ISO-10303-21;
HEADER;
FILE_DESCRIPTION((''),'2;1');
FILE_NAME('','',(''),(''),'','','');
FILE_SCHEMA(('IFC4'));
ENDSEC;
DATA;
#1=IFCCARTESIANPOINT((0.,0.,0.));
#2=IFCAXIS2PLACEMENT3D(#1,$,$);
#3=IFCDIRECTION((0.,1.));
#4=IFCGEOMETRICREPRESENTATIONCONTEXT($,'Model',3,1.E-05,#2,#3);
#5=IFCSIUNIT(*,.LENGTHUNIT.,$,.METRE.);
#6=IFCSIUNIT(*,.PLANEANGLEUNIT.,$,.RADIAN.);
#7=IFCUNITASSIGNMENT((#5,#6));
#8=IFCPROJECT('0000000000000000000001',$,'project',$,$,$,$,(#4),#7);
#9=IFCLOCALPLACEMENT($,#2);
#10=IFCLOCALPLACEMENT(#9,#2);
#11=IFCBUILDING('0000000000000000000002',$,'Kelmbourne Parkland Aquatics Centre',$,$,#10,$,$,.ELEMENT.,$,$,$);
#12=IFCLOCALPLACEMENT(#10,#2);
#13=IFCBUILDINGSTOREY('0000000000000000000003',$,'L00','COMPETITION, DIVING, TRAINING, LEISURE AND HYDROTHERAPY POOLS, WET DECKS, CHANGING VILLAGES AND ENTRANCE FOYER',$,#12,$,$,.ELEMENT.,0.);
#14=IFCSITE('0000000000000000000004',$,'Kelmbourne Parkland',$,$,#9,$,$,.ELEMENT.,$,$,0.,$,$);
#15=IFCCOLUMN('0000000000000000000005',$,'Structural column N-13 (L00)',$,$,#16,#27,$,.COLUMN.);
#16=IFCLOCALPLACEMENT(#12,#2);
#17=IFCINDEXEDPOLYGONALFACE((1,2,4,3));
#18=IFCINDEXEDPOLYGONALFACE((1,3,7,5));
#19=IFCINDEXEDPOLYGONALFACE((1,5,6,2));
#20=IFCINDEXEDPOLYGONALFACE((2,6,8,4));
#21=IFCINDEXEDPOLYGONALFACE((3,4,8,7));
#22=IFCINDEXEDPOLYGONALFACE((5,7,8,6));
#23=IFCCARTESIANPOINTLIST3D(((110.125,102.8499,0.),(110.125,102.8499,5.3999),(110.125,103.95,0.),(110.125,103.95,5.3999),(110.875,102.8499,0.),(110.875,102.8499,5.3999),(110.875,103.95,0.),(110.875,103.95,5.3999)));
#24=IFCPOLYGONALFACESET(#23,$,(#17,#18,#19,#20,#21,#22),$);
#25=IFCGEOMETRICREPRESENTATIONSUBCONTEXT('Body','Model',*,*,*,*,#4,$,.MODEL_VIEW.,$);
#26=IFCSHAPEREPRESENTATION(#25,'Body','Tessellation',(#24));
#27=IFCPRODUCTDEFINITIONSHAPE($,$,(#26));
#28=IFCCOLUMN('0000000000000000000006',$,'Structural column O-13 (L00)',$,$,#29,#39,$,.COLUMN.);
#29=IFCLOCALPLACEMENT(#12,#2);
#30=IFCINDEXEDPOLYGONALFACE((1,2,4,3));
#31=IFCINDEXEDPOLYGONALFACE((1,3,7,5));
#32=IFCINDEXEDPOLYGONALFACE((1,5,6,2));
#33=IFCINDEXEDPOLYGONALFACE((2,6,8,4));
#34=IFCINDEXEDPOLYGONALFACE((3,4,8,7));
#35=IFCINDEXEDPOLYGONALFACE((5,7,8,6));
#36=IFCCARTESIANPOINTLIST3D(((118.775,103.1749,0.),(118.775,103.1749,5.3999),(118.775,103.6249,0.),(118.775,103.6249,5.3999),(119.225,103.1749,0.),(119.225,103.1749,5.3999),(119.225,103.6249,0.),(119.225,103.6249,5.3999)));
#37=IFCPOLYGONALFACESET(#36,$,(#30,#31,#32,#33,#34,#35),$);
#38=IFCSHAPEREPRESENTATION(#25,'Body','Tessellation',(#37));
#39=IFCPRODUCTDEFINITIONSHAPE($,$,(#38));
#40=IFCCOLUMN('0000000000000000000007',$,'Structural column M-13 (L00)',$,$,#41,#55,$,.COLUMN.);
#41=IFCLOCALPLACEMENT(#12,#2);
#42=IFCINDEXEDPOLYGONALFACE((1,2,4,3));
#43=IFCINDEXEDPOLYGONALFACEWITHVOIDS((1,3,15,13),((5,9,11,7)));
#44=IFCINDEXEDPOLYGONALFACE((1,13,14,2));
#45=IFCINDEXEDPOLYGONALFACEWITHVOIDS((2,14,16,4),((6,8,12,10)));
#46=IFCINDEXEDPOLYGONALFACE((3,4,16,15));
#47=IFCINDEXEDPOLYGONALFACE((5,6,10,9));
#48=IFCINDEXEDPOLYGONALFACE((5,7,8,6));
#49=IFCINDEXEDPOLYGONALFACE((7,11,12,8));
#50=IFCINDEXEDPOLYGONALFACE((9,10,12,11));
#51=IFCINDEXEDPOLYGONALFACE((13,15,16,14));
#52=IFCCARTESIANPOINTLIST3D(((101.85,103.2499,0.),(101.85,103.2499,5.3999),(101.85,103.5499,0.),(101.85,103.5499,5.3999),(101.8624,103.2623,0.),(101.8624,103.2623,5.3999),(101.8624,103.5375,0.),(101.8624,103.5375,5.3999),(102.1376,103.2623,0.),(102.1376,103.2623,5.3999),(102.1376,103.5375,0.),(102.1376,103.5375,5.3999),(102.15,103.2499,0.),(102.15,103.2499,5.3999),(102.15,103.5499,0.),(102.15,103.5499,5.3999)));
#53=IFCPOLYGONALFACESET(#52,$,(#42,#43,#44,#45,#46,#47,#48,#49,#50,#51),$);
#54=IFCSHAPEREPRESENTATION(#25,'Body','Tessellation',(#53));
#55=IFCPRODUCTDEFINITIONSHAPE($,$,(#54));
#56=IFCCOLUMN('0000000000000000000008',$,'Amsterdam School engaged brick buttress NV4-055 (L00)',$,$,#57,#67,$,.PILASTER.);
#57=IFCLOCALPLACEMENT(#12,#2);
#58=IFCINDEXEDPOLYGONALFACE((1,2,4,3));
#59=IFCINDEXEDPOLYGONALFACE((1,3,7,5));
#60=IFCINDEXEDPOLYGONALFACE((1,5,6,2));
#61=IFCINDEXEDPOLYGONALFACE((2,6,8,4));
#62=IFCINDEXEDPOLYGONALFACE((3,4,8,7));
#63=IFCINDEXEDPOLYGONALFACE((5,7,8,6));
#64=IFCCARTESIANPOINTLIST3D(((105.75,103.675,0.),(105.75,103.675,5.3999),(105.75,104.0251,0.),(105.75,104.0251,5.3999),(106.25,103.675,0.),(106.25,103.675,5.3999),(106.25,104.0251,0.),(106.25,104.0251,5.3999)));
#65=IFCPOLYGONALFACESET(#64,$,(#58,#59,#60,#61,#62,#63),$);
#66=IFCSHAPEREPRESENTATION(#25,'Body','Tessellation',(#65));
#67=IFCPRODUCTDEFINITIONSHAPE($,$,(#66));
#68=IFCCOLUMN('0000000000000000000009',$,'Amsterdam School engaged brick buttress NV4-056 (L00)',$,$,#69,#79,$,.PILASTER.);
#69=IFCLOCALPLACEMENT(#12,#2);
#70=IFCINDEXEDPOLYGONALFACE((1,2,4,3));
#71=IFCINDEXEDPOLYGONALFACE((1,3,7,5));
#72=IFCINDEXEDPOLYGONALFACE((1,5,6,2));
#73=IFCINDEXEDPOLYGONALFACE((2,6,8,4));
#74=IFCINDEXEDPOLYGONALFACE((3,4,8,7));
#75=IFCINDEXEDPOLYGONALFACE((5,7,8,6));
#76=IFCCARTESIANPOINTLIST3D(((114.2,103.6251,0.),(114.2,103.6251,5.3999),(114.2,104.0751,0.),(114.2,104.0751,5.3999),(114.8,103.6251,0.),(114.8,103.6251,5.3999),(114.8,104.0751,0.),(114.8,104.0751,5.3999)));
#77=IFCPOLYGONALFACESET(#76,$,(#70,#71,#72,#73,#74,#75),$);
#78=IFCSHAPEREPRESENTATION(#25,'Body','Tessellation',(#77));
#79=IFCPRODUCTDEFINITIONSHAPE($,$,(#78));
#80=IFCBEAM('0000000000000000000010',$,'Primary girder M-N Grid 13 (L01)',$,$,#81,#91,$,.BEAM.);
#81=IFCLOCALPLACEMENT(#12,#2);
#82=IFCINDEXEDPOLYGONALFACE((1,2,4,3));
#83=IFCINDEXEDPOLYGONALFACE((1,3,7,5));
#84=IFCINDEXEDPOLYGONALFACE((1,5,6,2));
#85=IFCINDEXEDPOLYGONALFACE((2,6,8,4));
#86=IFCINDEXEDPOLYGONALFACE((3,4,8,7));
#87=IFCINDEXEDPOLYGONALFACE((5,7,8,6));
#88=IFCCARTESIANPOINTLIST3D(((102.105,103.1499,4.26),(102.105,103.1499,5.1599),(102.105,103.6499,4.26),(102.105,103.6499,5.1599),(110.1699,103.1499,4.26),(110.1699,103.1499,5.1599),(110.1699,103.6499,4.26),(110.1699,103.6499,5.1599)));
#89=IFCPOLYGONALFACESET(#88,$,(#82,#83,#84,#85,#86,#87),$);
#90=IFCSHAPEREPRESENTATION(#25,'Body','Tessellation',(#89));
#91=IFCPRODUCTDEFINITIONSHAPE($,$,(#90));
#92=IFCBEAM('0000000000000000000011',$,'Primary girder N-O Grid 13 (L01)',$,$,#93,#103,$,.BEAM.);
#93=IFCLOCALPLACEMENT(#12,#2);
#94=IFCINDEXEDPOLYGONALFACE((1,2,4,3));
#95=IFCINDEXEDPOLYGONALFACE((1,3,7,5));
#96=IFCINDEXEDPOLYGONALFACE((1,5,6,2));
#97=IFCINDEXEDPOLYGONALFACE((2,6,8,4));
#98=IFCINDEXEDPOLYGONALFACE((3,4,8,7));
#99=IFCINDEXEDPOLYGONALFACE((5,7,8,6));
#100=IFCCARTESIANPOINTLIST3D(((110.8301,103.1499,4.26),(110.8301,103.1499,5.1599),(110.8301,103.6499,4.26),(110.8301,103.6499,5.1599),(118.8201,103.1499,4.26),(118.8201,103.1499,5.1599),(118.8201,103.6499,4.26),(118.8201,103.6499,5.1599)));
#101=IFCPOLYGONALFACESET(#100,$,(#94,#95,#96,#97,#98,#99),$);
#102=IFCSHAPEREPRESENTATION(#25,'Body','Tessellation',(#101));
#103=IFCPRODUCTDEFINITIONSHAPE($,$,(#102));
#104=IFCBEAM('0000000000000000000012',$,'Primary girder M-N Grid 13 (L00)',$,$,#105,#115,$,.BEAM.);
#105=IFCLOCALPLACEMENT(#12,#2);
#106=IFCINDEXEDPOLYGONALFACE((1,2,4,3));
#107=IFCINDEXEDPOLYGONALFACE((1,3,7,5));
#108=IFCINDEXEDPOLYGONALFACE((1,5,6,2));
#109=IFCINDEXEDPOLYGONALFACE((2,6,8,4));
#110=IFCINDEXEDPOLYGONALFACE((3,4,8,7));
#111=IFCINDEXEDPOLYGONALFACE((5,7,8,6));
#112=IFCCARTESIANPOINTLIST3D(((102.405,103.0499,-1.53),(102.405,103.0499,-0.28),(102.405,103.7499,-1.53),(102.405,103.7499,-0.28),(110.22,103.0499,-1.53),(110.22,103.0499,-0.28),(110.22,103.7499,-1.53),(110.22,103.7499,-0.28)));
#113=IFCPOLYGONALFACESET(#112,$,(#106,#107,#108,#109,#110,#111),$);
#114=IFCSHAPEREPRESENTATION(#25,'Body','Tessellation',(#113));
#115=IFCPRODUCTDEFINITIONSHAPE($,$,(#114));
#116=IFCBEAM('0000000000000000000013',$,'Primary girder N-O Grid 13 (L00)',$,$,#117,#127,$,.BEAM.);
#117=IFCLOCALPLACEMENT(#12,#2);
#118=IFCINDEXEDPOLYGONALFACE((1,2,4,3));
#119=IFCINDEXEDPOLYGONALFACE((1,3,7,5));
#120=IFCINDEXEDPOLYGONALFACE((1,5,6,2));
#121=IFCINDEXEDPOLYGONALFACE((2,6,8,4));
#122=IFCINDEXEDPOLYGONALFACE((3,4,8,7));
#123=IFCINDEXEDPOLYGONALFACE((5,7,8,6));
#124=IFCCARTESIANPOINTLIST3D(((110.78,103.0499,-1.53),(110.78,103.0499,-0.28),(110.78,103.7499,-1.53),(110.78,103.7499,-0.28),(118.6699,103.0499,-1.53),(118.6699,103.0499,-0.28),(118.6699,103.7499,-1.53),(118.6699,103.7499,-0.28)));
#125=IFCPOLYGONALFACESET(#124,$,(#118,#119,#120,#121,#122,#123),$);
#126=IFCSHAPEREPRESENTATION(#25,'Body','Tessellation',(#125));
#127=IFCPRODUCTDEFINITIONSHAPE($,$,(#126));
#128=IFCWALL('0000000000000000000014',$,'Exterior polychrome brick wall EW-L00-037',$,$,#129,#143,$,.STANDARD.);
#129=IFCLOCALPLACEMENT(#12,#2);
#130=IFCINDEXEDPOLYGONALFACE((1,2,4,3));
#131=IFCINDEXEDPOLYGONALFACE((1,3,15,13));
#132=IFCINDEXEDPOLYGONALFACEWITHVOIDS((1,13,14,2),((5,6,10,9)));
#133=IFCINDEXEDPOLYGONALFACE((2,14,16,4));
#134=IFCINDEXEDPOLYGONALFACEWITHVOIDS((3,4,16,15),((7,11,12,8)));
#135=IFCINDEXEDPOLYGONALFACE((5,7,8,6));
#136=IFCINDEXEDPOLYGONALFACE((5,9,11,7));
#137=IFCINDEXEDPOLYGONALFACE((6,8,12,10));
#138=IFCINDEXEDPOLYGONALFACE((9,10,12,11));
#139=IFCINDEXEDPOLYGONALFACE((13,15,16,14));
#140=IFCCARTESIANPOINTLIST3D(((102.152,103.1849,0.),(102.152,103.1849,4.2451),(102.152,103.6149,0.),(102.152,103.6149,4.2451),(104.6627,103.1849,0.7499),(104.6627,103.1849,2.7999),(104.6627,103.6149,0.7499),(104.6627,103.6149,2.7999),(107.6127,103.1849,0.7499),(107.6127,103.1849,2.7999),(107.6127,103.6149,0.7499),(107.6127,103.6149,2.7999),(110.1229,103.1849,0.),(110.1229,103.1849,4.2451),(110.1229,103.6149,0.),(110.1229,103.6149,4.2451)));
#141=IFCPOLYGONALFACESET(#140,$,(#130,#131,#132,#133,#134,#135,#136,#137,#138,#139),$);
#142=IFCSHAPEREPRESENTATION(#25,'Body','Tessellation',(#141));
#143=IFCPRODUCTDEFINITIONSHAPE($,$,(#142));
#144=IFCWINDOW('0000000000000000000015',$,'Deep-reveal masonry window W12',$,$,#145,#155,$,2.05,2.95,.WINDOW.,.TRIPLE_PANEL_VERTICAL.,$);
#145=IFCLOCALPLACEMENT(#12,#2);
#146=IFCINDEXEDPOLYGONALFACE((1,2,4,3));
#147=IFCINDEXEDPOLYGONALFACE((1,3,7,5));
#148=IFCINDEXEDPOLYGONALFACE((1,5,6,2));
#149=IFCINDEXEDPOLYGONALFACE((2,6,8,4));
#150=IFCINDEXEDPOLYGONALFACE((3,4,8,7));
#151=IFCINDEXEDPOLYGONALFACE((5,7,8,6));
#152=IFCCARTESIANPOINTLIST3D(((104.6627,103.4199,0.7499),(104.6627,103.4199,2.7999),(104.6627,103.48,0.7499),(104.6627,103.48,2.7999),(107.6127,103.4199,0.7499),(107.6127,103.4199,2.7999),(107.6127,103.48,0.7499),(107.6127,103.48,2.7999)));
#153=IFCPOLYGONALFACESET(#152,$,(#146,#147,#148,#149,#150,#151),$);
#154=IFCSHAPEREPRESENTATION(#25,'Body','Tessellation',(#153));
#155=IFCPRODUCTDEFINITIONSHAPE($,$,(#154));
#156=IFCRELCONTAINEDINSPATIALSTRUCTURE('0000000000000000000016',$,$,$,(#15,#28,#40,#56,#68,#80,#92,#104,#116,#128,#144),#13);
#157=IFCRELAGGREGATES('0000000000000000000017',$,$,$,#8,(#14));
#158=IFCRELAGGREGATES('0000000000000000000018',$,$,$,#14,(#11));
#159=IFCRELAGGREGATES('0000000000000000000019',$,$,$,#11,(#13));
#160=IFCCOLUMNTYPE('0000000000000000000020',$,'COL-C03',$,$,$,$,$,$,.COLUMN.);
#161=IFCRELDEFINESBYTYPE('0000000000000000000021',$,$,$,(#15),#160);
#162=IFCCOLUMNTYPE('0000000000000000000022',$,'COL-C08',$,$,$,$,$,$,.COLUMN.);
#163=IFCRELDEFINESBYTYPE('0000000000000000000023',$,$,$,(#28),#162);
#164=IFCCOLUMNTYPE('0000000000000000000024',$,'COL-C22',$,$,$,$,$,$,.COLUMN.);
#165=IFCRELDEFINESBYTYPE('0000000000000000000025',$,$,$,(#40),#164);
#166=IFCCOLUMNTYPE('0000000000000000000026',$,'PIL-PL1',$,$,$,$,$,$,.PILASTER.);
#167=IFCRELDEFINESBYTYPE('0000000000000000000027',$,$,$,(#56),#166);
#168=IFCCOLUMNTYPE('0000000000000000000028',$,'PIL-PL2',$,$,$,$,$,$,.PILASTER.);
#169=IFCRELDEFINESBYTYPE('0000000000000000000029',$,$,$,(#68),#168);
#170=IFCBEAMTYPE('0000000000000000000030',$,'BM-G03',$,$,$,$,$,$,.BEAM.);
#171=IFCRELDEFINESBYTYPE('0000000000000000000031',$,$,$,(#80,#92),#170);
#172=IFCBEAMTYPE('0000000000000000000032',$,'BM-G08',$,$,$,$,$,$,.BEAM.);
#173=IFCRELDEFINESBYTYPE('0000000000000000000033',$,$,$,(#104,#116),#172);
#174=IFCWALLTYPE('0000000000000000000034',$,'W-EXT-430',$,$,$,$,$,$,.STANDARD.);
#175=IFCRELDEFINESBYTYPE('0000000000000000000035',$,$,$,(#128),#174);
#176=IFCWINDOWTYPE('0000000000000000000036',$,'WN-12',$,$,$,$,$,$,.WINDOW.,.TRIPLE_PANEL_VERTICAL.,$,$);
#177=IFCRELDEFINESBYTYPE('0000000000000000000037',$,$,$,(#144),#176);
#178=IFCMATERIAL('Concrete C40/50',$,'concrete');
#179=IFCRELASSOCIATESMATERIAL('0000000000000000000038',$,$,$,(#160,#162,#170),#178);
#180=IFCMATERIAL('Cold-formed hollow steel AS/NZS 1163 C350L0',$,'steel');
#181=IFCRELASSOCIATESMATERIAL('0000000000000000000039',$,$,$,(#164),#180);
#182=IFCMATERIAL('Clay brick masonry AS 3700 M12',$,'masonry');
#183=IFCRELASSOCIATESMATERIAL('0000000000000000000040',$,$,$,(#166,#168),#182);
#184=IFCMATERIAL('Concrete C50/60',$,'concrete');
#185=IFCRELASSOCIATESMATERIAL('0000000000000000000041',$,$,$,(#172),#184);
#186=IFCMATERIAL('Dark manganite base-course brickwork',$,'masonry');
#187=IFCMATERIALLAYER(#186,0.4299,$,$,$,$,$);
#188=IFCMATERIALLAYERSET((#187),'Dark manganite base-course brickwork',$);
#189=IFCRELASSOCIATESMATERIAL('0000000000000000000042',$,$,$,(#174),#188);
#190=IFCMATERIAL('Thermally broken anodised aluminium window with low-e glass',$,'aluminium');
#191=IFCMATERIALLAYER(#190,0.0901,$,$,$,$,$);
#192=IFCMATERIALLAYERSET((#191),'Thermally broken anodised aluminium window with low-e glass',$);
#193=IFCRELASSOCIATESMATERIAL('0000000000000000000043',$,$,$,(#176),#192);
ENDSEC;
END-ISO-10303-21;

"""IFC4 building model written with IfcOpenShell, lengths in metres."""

from ifc_helpers import new_model, si_unit, direction, frame, frame_2d, origin, origin_2d, place, context, subcontext, project, spatial, rectangle, hollow_rectangle, extrude, material, layer, layer_set, material_profile, profile_set, type_object, element, fill, save


model = new_model("IFC4")

# Units and contexts
model_context = context("Model", 3, precision=1e-05, world=origin(), true_north=direction((0.0, 1.0)))
body_context = subcontext(model_context, "Body", "Model", "MODEL_VIEW")
ifc_project = project(units=[si_unit("LENGTHUNIT", "METRE"), si_unit("PLANEANGLEUNIT", "RADIAN")], contexts=[model_context])

# Site, building, storey
site_placement = place(None, origin())
site = spatial("IfcSite", under=ifc_project, at=site_placement, Name="Kelmbourne Parkland", CompositionType="ELEMENT", RefElevation=0.0)
building_placement = place(site_placement, origin())
building = spatial("IfcBuilding", under=site, at=building_placement, Name="Kelmbourne Parkland Aquatics Centre", CompositionType="ELEMENT")
storey_placement = place(building_placement, origin())
storey = spatial("IfcBuildingStorey", under=building, at=storey_placement, Name="L00", Description="COMPETITION, DIVING, TRAINING, LEISURE AND HYDROTHERAPY POOLS, WET DECKS, CHANGING VILLAGES AND ENTRANCE FOYER", CompositionType="ELEMENT", Elevation=0.0)

# Columns
ifc_material_1 = material(Name="Concrete C40/50", Category="concrete")
ifc_material_profile_1 = material_profile(ifc_material_1, rectangle(XDim=0.75, YDim=1.1001, at=origin_2d()), Name="RC 750x1100")
ifc_profile_set_1 = profile_set([ifc_material_profile_1], Name="Concrete C40/50")
column_type_1 = type_object("IfcColumnType", Name="COL-C03", PredefinedType="COLUMN", material=ifc_profile_set_1)
column_1_placement = place(storey_placement, frame((110.5, 103.3999, 0.0), z_axis=(0.0, 0.0, 1.0), x_axis=(1.0, 0.0, 0.0)))
element("IfcColumn", 1, at=column_1_placement, inside=storey, type_object=column_type_1, Name="Structural column N-13 (L00)", PredefinedType="COLUMN", context=body_context, shape_type="SweptSolid", body=[
    extrude(rectangle(XDim=0.75, YDim=1.1001, at=origin_2d()), origin(), (0.0, 0.0, 1.0), 5.3999),
])
ifc_material_profile_2 = material_profile(ifc_material_1, rectangle(XDim=0.45, YDim=0.45, at=origin_2d()), Name="RC 450x450")
ifc_profile_set_2 = profile_set([ifc_material_profile_2], Name="Concrete C40/50")
column_type_2 = type_object("IfcColumnType", Name="COL-C08", PredefinedType="COLUMN", material=ifc_profile_set_2)
column_2_placement = place(storey_placement, frame((119.0, 103.3999, 0.0), z_axis=(0.0, 0.0, 1.0), x_axis=(1.0, 0.0, 0.0)))
element("IfcColumn", 2, at=column_2_placement, inside=storey, type_object=column_type_2, Name="Structural column O-13 (L00)", PredefinedType="COLUMN", context=body_context, shape_type="SweptSolid", body=[
    extrude(rectangle(XDim=0.45, YDim=0.45, at=origin_2d()), origin(), (0.0, 0.0, 1.0), 5.3999),
])
ifc_material_2 = material(Name="Cold-formed hollow steel AS/NZS 1163 C350L0", Category="steel")
ifc_material_profile_3 = material_profile(ifc_material_2, hollow_rectangle(XDim=0.3, YDim=0.3, WallThickness=0.0125, at=origin_2d()), Name="SHS 300x300x12.5")
ifc_profile_set_3 = profile_set([ifc_material_profile_3], Name="Cold-formed hollow steel AS/NZS 1163 C350L0")
column_type_3 = type_object("IfcColumnType", Name="COL-C22", PredefinedType="COLUMN", material=ifc_profile_set_3)
column_3_placement = place(storey_placement, frame((102.0, 103.3999, 0.0), z_axis=(0.0, 0.0, 1.0), x_axis=(1.0, 0.0, 0.0)))
element("IfcColumn", 3, at=column_3_placement, inside=storey, type_object=column_type_3, Name="Structural column M-13 (L00)", PredefinedType="COLUMN", context=body_context, shape_type="SweptSolid", body=[
    extrude(hollow_rectangle(XDim=0.3, YDim=0.3, WallThickness=0.0125, at=origin_2d()), origin(), (0.0, 0.0, 1.0), 5.3999),
])
ifc_material_3 = material(Name="Clay brick masonry AS 3700 M12", Category="masonry")
ifc_material_profile_4 = material_profile(ifc_material_3, rectangle(XDim=0.3501, YDim=0.5, at=origin_2d()), Name="PIL 350x500")
ifc_profile_set_4 = profile_set([ifc_material_profile_4], Name="Clay brick masonry AS 3700 M12")
column_type_4 = type_object("IfcColumnType", Name="PIL-PL1", PredefinedType="PILASTER", material=ifc_profile_set_4)
column_4_placement = place(storey_placement, frame((106.0, 103.8501, 0.0), z_axis=(0.0, 0.0, 1.0), x_axis=(0.0, 1.0, 0.0)))
element("IfcColumn", 4, at=column_4_placement, inside=storey, type_object=column_type_4, Name="Amsterdam School engaged brick buttress NV4-055 (L00)", PredefinedType="PILASTER", context=body_context, shape_type="SweptSolid", body=[
    extrude(rectangle(XDim=0.3501, YDim=0.5, at=origin_2d()), origin(), (0.0, 0.0, 1.0), 5.3999),
])
ifc_material_profile_5 = material_profile(ifc_material_3, rectangle(XDim=0.45, YDim=0.6001, at=origin_2d()), Name="PIL 450x600")
ifc_profile_set_5 = profile_set([ifc_material_profile_5], Name="Clay brick masonry AS 3700 M12")
column_type_5 = type_object("IfcColumnType", Name="PIL-PL2", PredefinedType="PILASTER", material=ifc_profile_set_5)
column_5_placement = place(storey_placement, frame((114.5, 103.8501, 0.0), z_axis=(0.0, 0.0, 1.0), x_axis=(0.0, 1.0, 0.0)))
element("IfcColumn", 5, at=column_5_placement, inside=storey, type_object=column_type_5, Name="Amsterdam School engaged brick buttress NV4-056 (L00)", PredefinedType="PILASTER", context=body_context, shape_type="SweptSolid", body=[
    extrude(rectangle(XDim=0.45, YDim=0.6001, at=origin_2d()), origin(), (0.0, 0.0, 1.0), 5.3999),
])

# Beams
ifc_material_profile_6 = material_profile(ifc_material_1, rectangle(XDim=0.5, YDim=0.8999, at=origin_2d()), Name="RC 500x900")
ifc_profile_set_6 = profile_set([ifc_material_profile_6], Name="Concrete C40/50")
beam_type_1 = type_object("IfcBeamType", Name="BM-G03", PredefinedType="BEAM", material=ifc_profile_set_6)
beam_1_placement = place(storey_placement, frame((102.105, 103.3999, 4.71), z_axis=(1.0, 0.0, 0.0), x_axis=(0.0, 1.0, 0.0)))
element("IfcBeam", 6, at=beam_1_placement, inside=storey, type_object=beam_type_1, Name="Primary girder M-N Grid 13 (L01)", PredefinedType="BEAM", context=body_context, shape_type="SweptSolid", body=[
    extrude(rectangle(XDim=0.5, YDim=0.8999, at=origin_2d()), origin(), (0.0, 0.0, 1.0), 8.0649),
])
beam_2_placement = place(storey_placement, frame((110.8301, 103.3999, 4.71), z_axis=(1.0, 0.0, 0.0), x_axis=(0.0, 1.0, 0.0)))
element("IfcBeam", 7, at=beam_2_placement, inside=storey, type_object=beam_type_1, Name="Primary girder N-O Grid 13 (L01)", PredefinedType="BEAM", context=body_context, shape_type="SweptSolid", body=[
    extrude(rectangle(XDim=0.5, YDim=0.8999, at=origin_2d()), origin(), (0.0, 0.0, 1.0), 7.99),
])
ifc_material_4 = material(Name="Concrete C50/60", Category="concrete")
ifc_material_profile_7 = material_profile(ifc_material_4, rectangle(XDim=0.7, YDim=1.25, at=origin_2d()), Name="RC 700x1250")
ifc_profile_set_7 = profile_set([ifc_material_profile_7], Name="Concrete C50/60")
beam_type_2 = type_object("IfcBeamType", Name="BM-G08", PredefinedType="BEAM", material=ifc_profile_set_7)
beam_3_placement = place(storey_placement, frame((102.405, 103.3999, -0.905), z_axis=(1.0, 0.0, 0.0), x_axis=(0.0, 1.0, 0.0)))
element("IfcBeam", 8, at=beam_3_placement, inside=storey, type_object=beam_type_2, Name="Primary girder M-N Grid 13 (L00)", PredefinedType="BEAM", context=body_context, shape_type="SweptSolid", body=[
    extrude(rectangle(XDim=0.7, YDim=1.25, at=origin_2d()), origin(), (0.0, 0.0, 1.0), 7.8149),
])
beam_4_placement = place(storey_placement, frame((110.78, 103.3999, -0.905), z_axis=(1.0, 0.0, 0.0), x_axis=(0.0, 1.0, 0.0)))
element("IfcBeam", 9, at=beam_4_placement, inside=storey, type_object=beam_type_2, Name="Primary girder N-O Grid 13 (L00)", PredefinedType="BEAM", context=body_context, shape_type="SweptSolid", body=[
    extrude(rectangle(XDim=0.7, YDim=1.25, at=origin_2d()), origin(), (0.0, 0.0, 1.0), 7.8899),
])

# Wall, opening, window
ifc_material_5 = material(Name="Dark manganite base-course brickwork", Category="masonry")
ifc_layer_1 = layer(ifc_material_5, 0.4299)
ifc_layer_set_1 = layer_set([ifc_layer_1], Name="Dark manganite base-course brickwork")
wall_type_1 = type_object("IfcWallType", Name="W-EXT-430", PredefinedType="STANDARD", material=ifc_layer_set_1)
wall_1_placement = place(storey_placement, frame((102.1521, 103.3999, 0.0), z_axis=(0.0, 0.0, 1.0), x_axis=(1.0, 0.0, 0.0)))
wall_1 = element("IfcWall", 10, at=wall_1_placement, inside=storey, type_object=wall_type_1, Name="Exterior polychrome brick wall EW-L00-037", PredefinedType="STANDARD", context=body_context, shape_type="SweptSolid", body=[
    extrude(rectangle(XDim=7.9709, YDim=0.4299, at=frame_2d((3.9854, 0.0))), origin(), (0.0, 0.0, 1.0), 4.2451),
])
opening_1_placement = place(wall_1_placement, frame((2.5105, 0.0, 0.75)))
opening_1 = element("IfcOpeningElement", 11, at=opening_1_placement, cuts=wall_1, PredefinedType="OPENING", context=body_context, shape_type="SweptSolid", body=[
    extrude(rectangle(XDim=2.95, YDim=2.05, at=frame_2d((1.4751, 1.0249))), frame((0.0, 0.2271, 0.0), z_axis=(0.0, -1.0, 0.0), x_axis=(1.0, 0.0, 0.0)), (0.0, 0.0, 1.0), 0.4539),
])
ifc_material_6 = material(Name="Thermally broken anodised aluminium window with low-e glass", Category="aluminium")
ifc_layer_2 = layer(ifc_material_6, 0.0901)
ifc_layer_set_2 = layer_set([ifc_layer_2], Name="Thermally broken anodised aluminium window with low-e glass")
window_type_1 = type_object("IfcWindowType", Name="WN-12", PartitioningType="TRIPLE_PANEL_VERTICAL", PredefinedType="WINDOW", material=ifc_layer_set_2)
window_1_placement = place(opening_1_placement, origin())
window_1 = element("IfcWindow", 12, at=window_1_placement, inside=storey, type_object=window_type_1, Name="Deep-reveal masonry window W12", OverallHeight=2.05, OverallWidth=2.95, PartitioningType="TRIPLE_PANEL_VERTICAL", PredefinedType="WINDOW", context=body_context, shape_type="SweptSolid", body=[
    extrude(rectangle(XDim=2.95, YDim=2.05, at=frame_2d((1.4751, 1.0249))), frame((0.0, 0.0801, 0.0), z_axis=(0.0, -1.0, 0.0), x_axis=(1.0, 0.0, 0.0)), (0.0, 0.0, 1.0), 0.0601),
])
fill(opening_1, window_1)

save(model, "model.ifc")
